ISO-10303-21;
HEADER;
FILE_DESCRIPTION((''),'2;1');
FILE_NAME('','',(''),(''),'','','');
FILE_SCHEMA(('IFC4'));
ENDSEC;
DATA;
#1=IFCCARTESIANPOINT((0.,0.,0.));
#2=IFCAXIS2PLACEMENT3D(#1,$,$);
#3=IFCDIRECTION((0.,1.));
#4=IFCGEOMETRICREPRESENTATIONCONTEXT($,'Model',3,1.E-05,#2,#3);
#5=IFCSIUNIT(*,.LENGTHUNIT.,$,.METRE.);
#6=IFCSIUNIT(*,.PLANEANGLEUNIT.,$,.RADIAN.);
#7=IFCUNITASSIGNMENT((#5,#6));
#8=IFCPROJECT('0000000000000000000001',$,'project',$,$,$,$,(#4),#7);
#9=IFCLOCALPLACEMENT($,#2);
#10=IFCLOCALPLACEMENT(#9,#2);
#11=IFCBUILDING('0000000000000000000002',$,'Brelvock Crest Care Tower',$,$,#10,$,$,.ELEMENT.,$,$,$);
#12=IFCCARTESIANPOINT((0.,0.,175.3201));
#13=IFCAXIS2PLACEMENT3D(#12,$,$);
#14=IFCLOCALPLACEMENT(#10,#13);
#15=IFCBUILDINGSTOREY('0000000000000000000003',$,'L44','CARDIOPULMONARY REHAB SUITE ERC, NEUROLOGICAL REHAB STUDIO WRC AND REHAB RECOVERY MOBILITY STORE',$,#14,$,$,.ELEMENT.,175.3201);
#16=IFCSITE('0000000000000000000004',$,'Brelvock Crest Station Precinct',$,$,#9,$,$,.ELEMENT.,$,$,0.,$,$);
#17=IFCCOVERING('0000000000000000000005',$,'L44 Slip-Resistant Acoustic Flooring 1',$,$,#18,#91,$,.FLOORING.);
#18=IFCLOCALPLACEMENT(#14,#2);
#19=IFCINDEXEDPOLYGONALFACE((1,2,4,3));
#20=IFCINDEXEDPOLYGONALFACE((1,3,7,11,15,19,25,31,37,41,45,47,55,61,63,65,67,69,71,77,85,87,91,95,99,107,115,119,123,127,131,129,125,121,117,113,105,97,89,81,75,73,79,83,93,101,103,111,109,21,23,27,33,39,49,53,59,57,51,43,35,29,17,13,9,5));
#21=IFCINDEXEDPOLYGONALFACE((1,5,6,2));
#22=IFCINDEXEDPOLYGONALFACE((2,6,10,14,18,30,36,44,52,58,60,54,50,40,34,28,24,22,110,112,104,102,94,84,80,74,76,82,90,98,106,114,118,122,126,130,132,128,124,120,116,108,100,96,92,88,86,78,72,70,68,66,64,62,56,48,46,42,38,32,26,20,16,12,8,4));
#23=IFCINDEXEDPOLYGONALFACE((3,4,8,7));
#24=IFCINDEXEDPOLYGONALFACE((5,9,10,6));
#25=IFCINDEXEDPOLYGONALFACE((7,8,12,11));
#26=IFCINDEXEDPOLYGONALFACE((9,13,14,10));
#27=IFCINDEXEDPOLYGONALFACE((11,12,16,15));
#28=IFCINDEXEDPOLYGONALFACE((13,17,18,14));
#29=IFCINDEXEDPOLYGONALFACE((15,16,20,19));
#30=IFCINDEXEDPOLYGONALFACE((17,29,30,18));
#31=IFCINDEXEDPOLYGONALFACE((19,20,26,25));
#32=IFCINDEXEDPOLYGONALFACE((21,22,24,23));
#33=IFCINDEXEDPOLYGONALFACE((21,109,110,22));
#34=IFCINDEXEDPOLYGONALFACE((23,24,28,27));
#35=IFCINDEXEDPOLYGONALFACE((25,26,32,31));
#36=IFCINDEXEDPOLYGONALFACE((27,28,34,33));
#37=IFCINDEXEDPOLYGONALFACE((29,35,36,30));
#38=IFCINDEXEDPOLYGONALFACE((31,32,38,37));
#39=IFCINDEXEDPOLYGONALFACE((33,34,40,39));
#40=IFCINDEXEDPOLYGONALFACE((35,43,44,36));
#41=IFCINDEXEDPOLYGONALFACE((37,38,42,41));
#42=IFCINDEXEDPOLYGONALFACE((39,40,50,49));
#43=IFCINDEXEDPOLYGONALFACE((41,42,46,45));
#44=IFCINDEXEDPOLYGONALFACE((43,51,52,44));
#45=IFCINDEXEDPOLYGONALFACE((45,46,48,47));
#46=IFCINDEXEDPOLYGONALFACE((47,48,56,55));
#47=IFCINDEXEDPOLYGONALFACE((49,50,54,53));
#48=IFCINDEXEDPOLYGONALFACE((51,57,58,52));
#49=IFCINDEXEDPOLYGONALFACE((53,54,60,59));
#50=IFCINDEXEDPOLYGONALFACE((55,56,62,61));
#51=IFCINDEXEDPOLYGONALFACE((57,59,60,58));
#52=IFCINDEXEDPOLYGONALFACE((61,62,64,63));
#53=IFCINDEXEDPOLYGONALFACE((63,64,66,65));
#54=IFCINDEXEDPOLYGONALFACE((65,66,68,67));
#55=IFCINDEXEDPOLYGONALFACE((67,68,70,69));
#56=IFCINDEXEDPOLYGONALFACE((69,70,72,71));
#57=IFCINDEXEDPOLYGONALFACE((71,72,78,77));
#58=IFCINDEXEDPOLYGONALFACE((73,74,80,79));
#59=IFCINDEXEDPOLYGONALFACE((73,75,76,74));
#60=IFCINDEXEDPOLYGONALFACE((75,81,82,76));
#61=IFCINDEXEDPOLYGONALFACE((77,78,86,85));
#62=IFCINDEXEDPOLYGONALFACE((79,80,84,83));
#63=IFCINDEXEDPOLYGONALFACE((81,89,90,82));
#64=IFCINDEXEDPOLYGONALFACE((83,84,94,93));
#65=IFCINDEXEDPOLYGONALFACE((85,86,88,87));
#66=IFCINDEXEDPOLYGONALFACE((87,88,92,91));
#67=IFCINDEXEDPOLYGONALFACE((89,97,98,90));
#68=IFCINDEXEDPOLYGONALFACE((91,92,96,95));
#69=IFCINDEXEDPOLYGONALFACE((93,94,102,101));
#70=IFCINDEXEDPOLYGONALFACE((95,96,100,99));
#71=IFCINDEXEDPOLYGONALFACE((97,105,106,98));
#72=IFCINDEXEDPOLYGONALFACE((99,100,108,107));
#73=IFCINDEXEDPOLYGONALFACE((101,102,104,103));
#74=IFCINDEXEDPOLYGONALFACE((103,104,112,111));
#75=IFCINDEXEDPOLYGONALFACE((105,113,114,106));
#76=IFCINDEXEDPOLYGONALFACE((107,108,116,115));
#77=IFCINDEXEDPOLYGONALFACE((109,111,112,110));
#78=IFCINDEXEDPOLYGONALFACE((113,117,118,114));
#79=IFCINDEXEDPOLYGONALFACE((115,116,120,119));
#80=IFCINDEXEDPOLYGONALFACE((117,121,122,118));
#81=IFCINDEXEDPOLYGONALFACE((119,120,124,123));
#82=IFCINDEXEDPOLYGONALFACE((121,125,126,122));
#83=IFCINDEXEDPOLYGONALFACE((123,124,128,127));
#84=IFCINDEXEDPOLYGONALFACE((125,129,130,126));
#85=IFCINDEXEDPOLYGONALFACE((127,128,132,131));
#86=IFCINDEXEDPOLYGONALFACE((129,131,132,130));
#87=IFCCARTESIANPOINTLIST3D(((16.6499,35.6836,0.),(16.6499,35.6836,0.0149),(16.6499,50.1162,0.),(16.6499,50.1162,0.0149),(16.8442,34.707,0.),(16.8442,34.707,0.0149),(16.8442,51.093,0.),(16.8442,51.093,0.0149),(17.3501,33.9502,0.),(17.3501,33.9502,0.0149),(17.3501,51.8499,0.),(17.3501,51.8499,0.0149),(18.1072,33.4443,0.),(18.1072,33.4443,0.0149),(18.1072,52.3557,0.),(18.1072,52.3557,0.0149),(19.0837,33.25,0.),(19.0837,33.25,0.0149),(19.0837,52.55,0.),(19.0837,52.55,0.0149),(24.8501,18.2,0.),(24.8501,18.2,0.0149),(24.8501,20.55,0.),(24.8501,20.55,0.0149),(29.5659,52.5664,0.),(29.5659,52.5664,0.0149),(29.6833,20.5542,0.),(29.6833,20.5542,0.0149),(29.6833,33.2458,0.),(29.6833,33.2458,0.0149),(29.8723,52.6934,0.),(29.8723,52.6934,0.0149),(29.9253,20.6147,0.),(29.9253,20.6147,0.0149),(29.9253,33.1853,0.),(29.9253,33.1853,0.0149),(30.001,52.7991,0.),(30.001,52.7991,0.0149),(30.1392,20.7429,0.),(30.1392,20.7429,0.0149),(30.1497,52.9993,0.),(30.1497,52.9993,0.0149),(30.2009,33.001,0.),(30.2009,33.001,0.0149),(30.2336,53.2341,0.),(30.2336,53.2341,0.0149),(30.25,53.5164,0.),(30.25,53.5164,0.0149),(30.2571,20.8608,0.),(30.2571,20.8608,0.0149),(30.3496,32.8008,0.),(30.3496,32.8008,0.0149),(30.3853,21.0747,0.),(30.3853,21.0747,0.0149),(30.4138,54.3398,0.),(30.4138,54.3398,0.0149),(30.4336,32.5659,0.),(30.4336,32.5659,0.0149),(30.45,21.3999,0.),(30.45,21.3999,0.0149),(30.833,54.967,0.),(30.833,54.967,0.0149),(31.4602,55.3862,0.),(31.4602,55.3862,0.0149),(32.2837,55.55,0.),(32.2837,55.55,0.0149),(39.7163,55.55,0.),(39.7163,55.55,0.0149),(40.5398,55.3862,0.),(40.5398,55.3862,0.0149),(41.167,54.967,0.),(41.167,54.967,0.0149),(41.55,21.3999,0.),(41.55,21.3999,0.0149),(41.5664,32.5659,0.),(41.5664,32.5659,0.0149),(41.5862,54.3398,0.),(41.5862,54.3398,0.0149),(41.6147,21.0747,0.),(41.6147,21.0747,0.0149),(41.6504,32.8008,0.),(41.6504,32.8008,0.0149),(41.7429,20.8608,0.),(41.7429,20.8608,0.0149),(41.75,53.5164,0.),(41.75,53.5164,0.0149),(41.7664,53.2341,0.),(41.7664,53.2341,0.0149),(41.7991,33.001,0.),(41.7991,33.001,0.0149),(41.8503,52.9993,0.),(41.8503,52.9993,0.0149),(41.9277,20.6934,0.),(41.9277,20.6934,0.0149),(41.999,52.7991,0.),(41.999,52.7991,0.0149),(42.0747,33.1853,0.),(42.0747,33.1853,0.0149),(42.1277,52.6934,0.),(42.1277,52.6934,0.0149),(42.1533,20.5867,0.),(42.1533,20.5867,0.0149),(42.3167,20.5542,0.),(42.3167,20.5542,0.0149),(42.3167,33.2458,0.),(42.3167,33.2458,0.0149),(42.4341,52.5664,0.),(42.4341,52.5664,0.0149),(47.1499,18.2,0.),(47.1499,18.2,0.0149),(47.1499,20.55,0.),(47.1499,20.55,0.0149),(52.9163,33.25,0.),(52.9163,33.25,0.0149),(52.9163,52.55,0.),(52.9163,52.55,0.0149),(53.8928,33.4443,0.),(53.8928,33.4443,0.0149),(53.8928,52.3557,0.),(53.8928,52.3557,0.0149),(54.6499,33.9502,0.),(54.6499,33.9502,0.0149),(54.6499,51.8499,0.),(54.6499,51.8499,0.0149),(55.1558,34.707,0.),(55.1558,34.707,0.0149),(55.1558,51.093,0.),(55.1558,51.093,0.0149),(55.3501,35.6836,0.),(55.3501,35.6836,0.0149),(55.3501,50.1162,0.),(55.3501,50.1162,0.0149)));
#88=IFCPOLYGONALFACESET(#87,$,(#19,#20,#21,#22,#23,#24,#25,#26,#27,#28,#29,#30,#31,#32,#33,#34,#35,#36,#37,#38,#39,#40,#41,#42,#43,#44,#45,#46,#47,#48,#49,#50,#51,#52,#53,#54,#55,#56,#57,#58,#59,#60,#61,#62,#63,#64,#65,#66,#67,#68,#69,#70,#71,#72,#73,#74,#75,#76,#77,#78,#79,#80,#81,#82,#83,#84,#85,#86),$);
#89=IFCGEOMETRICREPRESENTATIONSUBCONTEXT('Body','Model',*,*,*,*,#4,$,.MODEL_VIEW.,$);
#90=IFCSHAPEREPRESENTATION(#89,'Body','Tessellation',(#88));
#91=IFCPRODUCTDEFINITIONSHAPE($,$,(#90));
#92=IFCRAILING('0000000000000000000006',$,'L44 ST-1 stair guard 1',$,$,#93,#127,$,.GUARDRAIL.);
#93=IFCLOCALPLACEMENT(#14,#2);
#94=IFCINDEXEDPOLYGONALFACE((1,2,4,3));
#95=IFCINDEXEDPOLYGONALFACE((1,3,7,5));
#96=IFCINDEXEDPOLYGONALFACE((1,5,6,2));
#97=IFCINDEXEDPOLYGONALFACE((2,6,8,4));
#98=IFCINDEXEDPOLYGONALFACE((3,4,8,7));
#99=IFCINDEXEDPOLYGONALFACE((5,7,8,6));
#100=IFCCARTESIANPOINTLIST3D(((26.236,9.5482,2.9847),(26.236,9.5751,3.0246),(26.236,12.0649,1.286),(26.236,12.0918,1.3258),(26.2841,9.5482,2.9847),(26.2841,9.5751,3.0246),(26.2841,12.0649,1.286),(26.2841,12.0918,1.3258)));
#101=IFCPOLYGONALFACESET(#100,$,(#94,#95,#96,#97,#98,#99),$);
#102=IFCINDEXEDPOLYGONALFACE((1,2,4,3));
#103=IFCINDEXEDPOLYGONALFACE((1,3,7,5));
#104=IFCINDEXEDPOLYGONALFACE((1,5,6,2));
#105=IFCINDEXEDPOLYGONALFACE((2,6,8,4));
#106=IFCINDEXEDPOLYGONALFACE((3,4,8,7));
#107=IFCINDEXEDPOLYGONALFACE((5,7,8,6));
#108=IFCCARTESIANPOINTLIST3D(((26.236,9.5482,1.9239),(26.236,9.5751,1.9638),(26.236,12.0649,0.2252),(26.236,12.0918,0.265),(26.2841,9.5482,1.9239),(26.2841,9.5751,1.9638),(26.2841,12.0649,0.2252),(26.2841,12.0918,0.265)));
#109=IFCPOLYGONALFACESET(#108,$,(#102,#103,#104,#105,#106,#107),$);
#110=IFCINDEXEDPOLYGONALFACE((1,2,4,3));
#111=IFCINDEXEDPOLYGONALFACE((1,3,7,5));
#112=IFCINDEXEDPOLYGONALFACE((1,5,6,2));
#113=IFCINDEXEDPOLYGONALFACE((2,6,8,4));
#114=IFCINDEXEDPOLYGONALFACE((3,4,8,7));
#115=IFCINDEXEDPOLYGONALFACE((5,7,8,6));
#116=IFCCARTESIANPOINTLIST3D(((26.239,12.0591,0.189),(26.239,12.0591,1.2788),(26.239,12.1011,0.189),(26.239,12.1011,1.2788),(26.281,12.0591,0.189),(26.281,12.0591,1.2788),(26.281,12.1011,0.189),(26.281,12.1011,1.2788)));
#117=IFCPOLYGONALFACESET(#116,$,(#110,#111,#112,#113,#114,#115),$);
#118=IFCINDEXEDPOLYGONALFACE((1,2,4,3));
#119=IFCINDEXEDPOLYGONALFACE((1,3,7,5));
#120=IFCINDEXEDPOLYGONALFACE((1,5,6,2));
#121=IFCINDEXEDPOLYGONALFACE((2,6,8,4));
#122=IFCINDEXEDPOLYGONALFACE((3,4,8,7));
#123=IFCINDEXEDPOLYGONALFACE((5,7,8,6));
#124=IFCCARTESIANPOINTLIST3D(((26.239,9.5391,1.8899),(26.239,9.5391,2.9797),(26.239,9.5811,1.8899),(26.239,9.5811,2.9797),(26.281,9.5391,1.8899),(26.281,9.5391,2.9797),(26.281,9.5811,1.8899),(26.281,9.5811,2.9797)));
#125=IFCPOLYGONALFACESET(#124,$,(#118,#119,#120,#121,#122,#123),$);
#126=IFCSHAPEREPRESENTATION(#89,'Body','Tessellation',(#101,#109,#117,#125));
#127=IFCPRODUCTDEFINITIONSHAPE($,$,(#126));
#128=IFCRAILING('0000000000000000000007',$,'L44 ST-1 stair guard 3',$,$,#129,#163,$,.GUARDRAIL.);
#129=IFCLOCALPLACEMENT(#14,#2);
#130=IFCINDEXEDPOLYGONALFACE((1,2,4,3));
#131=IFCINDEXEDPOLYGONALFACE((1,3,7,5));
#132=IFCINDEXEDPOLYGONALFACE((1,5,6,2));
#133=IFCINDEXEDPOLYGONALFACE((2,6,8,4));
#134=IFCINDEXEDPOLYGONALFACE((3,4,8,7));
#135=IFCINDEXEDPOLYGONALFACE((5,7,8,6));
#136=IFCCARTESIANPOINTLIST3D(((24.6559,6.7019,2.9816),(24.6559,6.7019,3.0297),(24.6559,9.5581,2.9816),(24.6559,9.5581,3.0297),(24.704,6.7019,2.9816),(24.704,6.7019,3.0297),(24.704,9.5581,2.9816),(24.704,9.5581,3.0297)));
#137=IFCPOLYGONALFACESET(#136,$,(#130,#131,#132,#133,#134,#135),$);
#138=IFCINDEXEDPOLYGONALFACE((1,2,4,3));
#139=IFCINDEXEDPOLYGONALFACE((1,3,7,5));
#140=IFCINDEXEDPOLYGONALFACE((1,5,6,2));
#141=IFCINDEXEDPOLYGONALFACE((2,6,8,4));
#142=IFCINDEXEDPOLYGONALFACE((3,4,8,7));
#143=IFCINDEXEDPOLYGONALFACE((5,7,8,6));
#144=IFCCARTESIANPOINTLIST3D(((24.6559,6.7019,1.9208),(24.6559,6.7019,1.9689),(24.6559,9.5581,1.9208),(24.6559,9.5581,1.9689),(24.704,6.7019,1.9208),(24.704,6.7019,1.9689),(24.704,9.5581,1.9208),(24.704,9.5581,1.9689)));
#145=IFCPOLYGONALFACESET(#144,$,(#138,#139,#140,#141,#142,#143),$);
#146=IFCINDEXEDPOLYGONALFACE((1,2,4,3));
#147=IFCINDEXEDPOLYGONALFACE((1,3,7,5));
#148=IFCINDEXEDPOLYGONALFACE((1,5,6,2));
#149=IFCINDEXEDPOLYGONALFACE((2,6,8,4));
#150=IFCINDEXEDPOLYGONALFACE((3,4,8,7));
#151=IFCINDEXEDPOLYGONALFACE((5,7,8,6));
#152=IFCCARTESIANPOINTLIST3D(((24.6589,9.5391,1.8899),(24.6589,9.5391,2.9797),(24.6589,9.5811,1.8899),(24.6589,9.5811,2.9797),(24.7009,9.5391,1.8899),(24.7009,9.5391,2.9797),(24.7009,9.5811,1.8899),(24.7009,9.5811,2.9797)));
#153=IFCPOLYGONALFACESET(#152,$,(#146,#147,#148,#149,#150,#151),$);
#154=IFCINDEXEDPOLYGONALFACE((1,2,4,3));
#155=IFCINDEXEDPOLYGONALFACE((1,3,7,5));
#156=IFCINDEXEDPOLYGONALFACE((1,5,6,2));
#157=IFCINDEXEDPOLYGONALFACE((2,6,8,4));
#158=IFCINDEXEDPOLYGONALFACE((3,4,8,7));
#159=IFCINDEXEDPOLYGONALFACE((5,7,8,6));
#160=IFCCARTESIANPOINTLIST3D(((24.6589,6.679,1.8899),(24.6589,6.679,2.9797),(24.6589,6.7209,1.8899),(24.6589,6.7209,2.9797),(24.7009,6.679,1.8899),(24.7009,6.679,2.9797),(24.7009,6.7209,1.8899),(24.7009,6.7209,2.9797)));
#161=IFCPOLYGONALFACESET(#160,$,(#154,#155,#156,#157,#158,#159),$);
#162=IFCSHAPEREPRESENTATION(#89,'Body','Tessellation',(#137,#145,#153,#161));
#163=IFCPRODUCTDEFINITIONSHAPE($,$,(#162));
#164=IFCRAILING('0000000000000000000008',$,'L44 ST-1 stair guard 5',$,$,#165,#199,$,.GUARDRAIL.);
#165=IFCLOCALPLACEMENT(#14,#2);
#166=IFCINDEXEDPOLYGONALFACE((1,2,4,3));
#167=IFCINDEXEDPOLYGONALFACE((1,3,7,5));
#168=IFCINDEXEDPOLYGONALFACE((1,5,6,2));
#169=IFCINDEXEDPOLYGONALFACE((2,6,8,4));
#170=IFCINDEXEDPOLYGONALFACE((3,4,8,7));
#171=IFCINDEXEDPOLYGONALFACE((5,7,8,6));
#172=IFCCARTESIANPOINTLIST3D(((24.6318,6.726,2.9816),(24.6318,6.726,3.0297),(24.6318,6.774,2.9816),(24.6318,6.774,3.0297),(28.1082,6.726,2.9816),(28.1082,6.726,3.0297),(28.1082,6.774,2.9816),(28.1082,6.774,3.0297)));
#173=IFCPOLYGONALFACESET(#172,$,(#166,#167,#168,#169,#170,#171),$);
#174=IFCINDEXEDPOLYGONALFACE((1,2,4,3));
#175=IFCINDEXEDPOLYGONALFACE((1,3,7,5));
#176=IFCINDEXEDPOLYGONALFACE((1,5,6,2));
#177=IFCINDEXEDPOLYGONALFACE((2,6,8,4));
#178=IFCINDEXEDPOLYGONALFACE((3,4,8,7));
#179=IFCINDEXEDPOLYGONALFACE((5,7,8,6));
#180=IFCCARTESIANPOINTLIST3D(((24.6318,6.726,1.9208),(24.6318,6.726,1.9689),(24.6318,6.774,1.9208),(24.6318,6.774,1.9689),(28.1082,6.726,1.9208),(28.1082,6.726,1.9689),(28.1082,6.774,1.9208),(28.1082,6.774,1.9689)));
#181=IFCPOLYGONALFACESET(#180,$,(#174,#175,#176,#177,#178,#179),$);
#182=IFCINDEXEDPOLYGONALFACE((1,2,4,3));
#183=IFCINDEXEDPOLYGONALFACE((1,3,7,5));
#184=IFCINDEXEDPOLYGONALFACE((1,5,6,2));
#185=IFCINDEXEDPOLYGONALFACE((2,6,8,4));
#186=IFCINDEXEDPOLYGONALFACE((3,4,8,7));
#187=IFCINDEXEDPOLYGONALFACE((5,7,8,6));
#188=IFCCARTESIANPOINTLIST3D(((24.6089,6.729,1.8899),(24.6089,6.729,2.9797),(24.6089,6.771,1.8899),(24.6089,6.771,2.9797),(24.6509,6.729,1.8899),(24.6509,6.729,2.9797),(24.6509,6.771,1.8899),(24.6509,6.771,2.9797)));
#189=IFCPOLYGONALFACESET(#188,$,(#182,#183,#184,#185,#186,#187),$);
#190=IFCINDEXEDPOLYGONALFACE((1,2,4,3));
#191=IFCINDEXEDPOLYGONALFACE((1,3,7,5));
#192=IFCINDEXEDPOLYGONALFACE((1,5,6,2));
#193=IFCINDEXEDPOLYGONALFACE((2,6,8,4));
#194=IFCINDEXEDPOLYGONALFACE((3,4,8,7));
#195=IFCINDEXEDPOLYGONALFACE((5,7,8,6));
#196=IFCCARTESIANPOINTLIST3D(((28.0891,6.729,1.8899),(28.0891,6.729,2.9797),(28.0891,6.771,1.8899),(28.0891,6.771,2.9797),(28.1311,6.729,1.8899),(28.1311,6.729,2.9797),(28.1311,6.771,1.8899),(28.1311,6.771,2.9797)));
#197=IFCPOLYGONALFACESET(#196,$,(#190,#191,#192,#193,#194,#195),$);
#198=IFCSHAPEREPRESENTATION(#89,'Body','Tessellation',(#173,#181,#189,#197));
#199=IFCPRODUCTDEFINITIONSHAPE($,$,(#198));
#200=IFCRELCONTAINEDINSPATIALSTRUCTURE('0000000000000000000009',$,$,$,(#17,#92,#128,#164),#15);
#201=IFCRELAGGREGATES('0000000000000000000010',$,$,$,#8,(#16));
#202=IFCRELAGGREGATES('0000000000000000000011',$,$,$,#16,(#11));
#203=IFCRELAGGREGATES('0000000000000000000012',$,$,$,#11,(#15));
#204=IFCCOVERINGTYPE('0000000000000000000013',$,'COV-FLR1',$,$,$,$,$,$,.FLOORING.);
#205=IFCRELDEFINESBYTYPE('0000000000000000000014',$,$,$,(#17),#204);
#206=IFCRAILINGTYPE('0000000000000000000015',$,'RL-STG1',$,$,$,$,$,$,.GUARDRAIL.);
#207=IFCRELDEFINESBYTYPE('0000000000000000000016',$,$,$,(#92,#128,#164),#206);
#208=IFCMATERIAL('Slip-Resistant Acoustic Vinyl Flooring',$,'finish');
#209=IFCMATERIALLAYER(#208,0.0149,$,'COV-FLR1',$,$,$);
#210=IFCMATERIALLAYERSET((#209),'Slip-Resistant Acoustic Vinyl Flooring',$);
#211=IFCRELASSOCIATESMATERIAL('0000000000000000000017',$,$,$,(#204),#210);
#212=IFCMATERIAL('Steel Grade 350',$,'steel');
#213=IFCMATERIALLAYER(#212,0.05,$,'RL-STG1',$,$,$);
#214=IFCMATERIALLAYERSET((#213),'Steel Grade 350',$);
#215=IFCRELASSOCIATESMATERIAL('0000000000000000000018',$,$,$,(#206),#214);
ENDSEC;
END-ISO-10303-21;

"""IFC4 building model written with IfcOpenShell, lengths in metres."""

from ifc_helpers import new_model, si_unit, direction, frame, origin, origin_2d, place, context, subcontext, project, spatial, polyline, rectangle, outline, extrude, material, layer, layer_set, type_object, element, save


model = new_model("IFC4")

# Units and contexts
model_context = context("Model", 3, precision=1e-05, world=origin(), true_north=direction((0.0, 1.0)))
body_context = subcontext(model_context, "Body", "Model", "MODEL_VIEW")
ifc_project = project(units=[si_unit("LENGTHUNIT", "METRE"), si_unit("PLANEANGLEUNIT", "RADIAN")], contexts=[model_context])

# Site, building, storey
site_placement = place(None, origin())
site = spatial("IfcSite", under=ifc_project, at=site_placement, Name="Brelvock Crest Station Precinct", CompositionType="ELEMENT", RefElevation=0.0)
building_placement = place(site_placement, origin())
building = spatial("IfcBuilding", under=site, at=building_placement, Name="Brelvock Crest Care Tower", CompositionType="ELEMENT")
storey_placement = place(building_placement, frame((0.0, 0.0, 175.3201)))
storey = spatial("IfcBuildingStorey", under=building, at=storey_placement, Name="L44", Description="CARDIOPULMONARY REHAB SUITE ERC, NEUROLOGICAL REHAB STUDIO WRC AND REHAB RECOVERY MOBILITY STORE", CompositionType="ELEMENT", Elevation=175.3201)

# Shared definitions
ifc_material_1 = material(Name="Steel Grade 350", Category="steel")

# Covering
ifc_material_2 = material(Name="Slip-Resistant Acoustic Vinyl Flooring", Category="finish")
ifc_layer_1 = layer(ifc_material_2, 0.0149, Name="COV-FLR1")
ifc_layer_set_1 = layer_set([ifc_layer_1], Name="Slip-Resistant Acoustic Vinyl Flooring")
covering_type_1 = type_object("IfcCoveringType", Name="COV-FLR1", PredefinedType="FLOORING", material=ifc_layer_set_1)
covering_1_placement = place(storey_placement, origin())
element("IfcCovering", 1, at=covering_1_placement, inside=storey, type_object=covering_type_1, Name="L44 Slip-Resistant Acoustic Flooring 1", PredefinedType="FLOORING", context=body_context, shape_type="SweptSolid", body=[
    extrude(outline(polyline([(24.8501, 18.2), (47.1499, 18.2), (47.1499, 20.55), (42.3167, 20.5542), (42.1533, 20.5867), (41.9277, 20.6934), (41.7429, 20.8608), (41.6147, 21.0747), (41.55, 21.3999), (41.5664, 32.5659), (41.6504, 32.8008), (41.7991, 33.001), (42.0747, 33.1853), (42.3167, 33.2458), (52.9163, 33.25), (53.8928, 33.4443), (54.6499, 33.9502), (55.1558, 34.707), (55.3501, 35.6836), (55.3501, 50.1162), (55.1558, 51.093), (54.6499, 51.8499), (53.8928, 52.3557), (52.9163, 52.55), (42.4341, 52.5664), (42.1277, 52.6934), (41.999, 52.7991), (41.8503, 52.9993), (41.7664, 53.2341), (41.75, 53.5164), (41.5862, 54.3398), (41.167, 54.967), (40.5398, 55.3862), (39.7163, 55.55), (32.2837, 55.55), (31.4602, 55.3862), (30.833, 54.967), (30.4138, 54.3398), (30.25, 53.5164), (30.2336, 53.2341), (30.1497, 52.9993), (30.001, 52.7991), (29.8723, 52.6934), (29.5659, 52.5664), (19.0837, 52.55), (18.1072, 52.3557), (17.3501, 51.8499), (16.8442, 51.093), (16.6499, 50.1162), (16.6499, 35.6836), (16.8442, 34.707), (17.3501, 33.9502), (18.1072, 33.4443), (19.0837, 33.25), (29.6833, 33.2458), (29.9253, 33.1853), (30.2009, 33.001), (30.3496, 32.8008), (30.4336, 32.5659), (30.45, 21.3999), (30.3853, 21.0747), (30.2571, 20.8608), (30.1392, 20.7429), (29.9253, 20.6147), (29.6833, 20.5542), (24.8501, 20.55), (24.8501, 18.2)])), origin(), (0.0, 0.0, 1.0), 0.0149),
])

# Railings
ifc_layer_2 = layer(ifc_material_1, 0.05, Name="RL-STG1")
ifc_layer_set_2 = layer_set([ifc_layer_2], Name="Steel Grade 350")
railing_type_1 = type_object("IfcRailingType", Name="RL-STG1", PredefinedType="GUARDRAIL", material=ifc_layer_set_2)
railing_1_placement = place(storey_placement, frame((26.26, 12.0801, 0.189)))
element("IfcRailing", 2, at=railing_1_placement, inside=storey, type_object=railing_type_1, Name="L44 ST-1 stair guard 1", PredefinedType="GUARDRAIL", context=body_context, shape_type="SweptSolid", body=[
    extrude(rectangle(XDim=0.0481, YDim=0.0481, at=origin_2d()), frame((0.0, -0.0017, 1.1169), z_axis=(0.0, -0.828862, 0.559454), x_axis=(1.0, 0.0, 0.0)), (0.0, 0.0, 1.0), 3.0364),
    extrude(rectangle(XDim=0.0481, YDim=0.0481, at=origin_2d()), frame((0.0, -0.0017, 0.0562), z_axis=(0.0, -0.828862, 0.559454), x_axis=(1.0, 0.0, 0.0)), (0.0, 0.0, 1.0), 3.0364),
    extrude(rectangle(XDim=0.042, YDim=0.042, at=origin_2d()), origin(), (0.0, 0.0, 1.0), 1.0898),
    extrude(rectangle(XDim=0.042, YDim=0.042, at=origin_2d()), frame((0.0, -2.52, 1.7009)), (0.0, 0.0, 1.0), 1.0898),
])
railing_2_placement = place(storey_placement, frame((24.6799, 9.5601, 1.8899)))
element("IfcRailing", 3, at=railing_2_placement, inside=storey, type_object=railing_type_1, Name="L44 ST-1 stair guard 3", PredefinedType="GUARDRAIL", context=body_context, shape_type="SweptSolid", body=[
    extrude(rectangle(XDim=0.0481, YDim=0.0481, at=origin_2d()), frame((0.0, -0.002, 1.1157), z_axis=(0.0, -1.0, 0.0), x_axis=(1.0, 0.0, 0.0)), (0.0, 0.0, 1.0), 2.8562),
    extrude(rectangle(XDim=0.0481, YDim=0.0481, at=origin_2d()), frame((0.0, -0.002, 0.0549), z_axis=(0.0, -1.0, 0.0), x_axis=(1.0, 0.0, 0.0)), (0.0, 0.0, 1.0), 2.8562),
    extrude(rectangle(XDim=0.042, YDim=0.042, at=origin_2d()), origin(), (0.0, 0.0, 1.0), 1.0898),
    extrude(rectangle(XDim=0.042, YDim=0.042, at=origin_2d()), frame((0.0, -2.8601, 0.0)), (0.0, 0.0, 1.0), 1.0898),
])
railing_3_placement = place(storey_placement, frame((24.6299, 6.75, 1.8899)))
element("IfcRailing", 4, at=railing_3_placement, inside=storey, type_object=railing_type_1, Name="L44 ST-1 stair guard 5", PredefinedType="GUARDRAIL", context=body_context, shape_type="SweptSolid", body=[
    extrude(rectangle(XDim=0.0481, YDim=0.0481, at=origin_2d()), frame((0.002, 0.0, 1.1157), z_axis=(1.0, 0.0, 0.0), x_axis=(0.0, 1.0, 0.0)), (0.0, 0.0, 1.0), 3.4763),
    extrude(rectangle(XDim=0.0481, YDim=0.0481, at=origin_2d()), frame((0.002, 0.0, 0.0549), z_axis=(1.0, 0.0, 0.0), x_axis=(0.0, 1.0, 0.0)), (0.0, 0.0, 1.0), 3.4763),
    extrude(rectangle(XDim=0.042, YDim=0.042, at=origin_2d()), origin(), (0.0, 0.0, 1.0), 1.0898),
    extrude(rectangle(XDim=0.042, YDim=0.042, at=origin_2d()), frame((3.4802, 0.0, 0.0)), (0.0, 0.0, 1.0), 1.0898),
])

save(model, "model.ifc")
